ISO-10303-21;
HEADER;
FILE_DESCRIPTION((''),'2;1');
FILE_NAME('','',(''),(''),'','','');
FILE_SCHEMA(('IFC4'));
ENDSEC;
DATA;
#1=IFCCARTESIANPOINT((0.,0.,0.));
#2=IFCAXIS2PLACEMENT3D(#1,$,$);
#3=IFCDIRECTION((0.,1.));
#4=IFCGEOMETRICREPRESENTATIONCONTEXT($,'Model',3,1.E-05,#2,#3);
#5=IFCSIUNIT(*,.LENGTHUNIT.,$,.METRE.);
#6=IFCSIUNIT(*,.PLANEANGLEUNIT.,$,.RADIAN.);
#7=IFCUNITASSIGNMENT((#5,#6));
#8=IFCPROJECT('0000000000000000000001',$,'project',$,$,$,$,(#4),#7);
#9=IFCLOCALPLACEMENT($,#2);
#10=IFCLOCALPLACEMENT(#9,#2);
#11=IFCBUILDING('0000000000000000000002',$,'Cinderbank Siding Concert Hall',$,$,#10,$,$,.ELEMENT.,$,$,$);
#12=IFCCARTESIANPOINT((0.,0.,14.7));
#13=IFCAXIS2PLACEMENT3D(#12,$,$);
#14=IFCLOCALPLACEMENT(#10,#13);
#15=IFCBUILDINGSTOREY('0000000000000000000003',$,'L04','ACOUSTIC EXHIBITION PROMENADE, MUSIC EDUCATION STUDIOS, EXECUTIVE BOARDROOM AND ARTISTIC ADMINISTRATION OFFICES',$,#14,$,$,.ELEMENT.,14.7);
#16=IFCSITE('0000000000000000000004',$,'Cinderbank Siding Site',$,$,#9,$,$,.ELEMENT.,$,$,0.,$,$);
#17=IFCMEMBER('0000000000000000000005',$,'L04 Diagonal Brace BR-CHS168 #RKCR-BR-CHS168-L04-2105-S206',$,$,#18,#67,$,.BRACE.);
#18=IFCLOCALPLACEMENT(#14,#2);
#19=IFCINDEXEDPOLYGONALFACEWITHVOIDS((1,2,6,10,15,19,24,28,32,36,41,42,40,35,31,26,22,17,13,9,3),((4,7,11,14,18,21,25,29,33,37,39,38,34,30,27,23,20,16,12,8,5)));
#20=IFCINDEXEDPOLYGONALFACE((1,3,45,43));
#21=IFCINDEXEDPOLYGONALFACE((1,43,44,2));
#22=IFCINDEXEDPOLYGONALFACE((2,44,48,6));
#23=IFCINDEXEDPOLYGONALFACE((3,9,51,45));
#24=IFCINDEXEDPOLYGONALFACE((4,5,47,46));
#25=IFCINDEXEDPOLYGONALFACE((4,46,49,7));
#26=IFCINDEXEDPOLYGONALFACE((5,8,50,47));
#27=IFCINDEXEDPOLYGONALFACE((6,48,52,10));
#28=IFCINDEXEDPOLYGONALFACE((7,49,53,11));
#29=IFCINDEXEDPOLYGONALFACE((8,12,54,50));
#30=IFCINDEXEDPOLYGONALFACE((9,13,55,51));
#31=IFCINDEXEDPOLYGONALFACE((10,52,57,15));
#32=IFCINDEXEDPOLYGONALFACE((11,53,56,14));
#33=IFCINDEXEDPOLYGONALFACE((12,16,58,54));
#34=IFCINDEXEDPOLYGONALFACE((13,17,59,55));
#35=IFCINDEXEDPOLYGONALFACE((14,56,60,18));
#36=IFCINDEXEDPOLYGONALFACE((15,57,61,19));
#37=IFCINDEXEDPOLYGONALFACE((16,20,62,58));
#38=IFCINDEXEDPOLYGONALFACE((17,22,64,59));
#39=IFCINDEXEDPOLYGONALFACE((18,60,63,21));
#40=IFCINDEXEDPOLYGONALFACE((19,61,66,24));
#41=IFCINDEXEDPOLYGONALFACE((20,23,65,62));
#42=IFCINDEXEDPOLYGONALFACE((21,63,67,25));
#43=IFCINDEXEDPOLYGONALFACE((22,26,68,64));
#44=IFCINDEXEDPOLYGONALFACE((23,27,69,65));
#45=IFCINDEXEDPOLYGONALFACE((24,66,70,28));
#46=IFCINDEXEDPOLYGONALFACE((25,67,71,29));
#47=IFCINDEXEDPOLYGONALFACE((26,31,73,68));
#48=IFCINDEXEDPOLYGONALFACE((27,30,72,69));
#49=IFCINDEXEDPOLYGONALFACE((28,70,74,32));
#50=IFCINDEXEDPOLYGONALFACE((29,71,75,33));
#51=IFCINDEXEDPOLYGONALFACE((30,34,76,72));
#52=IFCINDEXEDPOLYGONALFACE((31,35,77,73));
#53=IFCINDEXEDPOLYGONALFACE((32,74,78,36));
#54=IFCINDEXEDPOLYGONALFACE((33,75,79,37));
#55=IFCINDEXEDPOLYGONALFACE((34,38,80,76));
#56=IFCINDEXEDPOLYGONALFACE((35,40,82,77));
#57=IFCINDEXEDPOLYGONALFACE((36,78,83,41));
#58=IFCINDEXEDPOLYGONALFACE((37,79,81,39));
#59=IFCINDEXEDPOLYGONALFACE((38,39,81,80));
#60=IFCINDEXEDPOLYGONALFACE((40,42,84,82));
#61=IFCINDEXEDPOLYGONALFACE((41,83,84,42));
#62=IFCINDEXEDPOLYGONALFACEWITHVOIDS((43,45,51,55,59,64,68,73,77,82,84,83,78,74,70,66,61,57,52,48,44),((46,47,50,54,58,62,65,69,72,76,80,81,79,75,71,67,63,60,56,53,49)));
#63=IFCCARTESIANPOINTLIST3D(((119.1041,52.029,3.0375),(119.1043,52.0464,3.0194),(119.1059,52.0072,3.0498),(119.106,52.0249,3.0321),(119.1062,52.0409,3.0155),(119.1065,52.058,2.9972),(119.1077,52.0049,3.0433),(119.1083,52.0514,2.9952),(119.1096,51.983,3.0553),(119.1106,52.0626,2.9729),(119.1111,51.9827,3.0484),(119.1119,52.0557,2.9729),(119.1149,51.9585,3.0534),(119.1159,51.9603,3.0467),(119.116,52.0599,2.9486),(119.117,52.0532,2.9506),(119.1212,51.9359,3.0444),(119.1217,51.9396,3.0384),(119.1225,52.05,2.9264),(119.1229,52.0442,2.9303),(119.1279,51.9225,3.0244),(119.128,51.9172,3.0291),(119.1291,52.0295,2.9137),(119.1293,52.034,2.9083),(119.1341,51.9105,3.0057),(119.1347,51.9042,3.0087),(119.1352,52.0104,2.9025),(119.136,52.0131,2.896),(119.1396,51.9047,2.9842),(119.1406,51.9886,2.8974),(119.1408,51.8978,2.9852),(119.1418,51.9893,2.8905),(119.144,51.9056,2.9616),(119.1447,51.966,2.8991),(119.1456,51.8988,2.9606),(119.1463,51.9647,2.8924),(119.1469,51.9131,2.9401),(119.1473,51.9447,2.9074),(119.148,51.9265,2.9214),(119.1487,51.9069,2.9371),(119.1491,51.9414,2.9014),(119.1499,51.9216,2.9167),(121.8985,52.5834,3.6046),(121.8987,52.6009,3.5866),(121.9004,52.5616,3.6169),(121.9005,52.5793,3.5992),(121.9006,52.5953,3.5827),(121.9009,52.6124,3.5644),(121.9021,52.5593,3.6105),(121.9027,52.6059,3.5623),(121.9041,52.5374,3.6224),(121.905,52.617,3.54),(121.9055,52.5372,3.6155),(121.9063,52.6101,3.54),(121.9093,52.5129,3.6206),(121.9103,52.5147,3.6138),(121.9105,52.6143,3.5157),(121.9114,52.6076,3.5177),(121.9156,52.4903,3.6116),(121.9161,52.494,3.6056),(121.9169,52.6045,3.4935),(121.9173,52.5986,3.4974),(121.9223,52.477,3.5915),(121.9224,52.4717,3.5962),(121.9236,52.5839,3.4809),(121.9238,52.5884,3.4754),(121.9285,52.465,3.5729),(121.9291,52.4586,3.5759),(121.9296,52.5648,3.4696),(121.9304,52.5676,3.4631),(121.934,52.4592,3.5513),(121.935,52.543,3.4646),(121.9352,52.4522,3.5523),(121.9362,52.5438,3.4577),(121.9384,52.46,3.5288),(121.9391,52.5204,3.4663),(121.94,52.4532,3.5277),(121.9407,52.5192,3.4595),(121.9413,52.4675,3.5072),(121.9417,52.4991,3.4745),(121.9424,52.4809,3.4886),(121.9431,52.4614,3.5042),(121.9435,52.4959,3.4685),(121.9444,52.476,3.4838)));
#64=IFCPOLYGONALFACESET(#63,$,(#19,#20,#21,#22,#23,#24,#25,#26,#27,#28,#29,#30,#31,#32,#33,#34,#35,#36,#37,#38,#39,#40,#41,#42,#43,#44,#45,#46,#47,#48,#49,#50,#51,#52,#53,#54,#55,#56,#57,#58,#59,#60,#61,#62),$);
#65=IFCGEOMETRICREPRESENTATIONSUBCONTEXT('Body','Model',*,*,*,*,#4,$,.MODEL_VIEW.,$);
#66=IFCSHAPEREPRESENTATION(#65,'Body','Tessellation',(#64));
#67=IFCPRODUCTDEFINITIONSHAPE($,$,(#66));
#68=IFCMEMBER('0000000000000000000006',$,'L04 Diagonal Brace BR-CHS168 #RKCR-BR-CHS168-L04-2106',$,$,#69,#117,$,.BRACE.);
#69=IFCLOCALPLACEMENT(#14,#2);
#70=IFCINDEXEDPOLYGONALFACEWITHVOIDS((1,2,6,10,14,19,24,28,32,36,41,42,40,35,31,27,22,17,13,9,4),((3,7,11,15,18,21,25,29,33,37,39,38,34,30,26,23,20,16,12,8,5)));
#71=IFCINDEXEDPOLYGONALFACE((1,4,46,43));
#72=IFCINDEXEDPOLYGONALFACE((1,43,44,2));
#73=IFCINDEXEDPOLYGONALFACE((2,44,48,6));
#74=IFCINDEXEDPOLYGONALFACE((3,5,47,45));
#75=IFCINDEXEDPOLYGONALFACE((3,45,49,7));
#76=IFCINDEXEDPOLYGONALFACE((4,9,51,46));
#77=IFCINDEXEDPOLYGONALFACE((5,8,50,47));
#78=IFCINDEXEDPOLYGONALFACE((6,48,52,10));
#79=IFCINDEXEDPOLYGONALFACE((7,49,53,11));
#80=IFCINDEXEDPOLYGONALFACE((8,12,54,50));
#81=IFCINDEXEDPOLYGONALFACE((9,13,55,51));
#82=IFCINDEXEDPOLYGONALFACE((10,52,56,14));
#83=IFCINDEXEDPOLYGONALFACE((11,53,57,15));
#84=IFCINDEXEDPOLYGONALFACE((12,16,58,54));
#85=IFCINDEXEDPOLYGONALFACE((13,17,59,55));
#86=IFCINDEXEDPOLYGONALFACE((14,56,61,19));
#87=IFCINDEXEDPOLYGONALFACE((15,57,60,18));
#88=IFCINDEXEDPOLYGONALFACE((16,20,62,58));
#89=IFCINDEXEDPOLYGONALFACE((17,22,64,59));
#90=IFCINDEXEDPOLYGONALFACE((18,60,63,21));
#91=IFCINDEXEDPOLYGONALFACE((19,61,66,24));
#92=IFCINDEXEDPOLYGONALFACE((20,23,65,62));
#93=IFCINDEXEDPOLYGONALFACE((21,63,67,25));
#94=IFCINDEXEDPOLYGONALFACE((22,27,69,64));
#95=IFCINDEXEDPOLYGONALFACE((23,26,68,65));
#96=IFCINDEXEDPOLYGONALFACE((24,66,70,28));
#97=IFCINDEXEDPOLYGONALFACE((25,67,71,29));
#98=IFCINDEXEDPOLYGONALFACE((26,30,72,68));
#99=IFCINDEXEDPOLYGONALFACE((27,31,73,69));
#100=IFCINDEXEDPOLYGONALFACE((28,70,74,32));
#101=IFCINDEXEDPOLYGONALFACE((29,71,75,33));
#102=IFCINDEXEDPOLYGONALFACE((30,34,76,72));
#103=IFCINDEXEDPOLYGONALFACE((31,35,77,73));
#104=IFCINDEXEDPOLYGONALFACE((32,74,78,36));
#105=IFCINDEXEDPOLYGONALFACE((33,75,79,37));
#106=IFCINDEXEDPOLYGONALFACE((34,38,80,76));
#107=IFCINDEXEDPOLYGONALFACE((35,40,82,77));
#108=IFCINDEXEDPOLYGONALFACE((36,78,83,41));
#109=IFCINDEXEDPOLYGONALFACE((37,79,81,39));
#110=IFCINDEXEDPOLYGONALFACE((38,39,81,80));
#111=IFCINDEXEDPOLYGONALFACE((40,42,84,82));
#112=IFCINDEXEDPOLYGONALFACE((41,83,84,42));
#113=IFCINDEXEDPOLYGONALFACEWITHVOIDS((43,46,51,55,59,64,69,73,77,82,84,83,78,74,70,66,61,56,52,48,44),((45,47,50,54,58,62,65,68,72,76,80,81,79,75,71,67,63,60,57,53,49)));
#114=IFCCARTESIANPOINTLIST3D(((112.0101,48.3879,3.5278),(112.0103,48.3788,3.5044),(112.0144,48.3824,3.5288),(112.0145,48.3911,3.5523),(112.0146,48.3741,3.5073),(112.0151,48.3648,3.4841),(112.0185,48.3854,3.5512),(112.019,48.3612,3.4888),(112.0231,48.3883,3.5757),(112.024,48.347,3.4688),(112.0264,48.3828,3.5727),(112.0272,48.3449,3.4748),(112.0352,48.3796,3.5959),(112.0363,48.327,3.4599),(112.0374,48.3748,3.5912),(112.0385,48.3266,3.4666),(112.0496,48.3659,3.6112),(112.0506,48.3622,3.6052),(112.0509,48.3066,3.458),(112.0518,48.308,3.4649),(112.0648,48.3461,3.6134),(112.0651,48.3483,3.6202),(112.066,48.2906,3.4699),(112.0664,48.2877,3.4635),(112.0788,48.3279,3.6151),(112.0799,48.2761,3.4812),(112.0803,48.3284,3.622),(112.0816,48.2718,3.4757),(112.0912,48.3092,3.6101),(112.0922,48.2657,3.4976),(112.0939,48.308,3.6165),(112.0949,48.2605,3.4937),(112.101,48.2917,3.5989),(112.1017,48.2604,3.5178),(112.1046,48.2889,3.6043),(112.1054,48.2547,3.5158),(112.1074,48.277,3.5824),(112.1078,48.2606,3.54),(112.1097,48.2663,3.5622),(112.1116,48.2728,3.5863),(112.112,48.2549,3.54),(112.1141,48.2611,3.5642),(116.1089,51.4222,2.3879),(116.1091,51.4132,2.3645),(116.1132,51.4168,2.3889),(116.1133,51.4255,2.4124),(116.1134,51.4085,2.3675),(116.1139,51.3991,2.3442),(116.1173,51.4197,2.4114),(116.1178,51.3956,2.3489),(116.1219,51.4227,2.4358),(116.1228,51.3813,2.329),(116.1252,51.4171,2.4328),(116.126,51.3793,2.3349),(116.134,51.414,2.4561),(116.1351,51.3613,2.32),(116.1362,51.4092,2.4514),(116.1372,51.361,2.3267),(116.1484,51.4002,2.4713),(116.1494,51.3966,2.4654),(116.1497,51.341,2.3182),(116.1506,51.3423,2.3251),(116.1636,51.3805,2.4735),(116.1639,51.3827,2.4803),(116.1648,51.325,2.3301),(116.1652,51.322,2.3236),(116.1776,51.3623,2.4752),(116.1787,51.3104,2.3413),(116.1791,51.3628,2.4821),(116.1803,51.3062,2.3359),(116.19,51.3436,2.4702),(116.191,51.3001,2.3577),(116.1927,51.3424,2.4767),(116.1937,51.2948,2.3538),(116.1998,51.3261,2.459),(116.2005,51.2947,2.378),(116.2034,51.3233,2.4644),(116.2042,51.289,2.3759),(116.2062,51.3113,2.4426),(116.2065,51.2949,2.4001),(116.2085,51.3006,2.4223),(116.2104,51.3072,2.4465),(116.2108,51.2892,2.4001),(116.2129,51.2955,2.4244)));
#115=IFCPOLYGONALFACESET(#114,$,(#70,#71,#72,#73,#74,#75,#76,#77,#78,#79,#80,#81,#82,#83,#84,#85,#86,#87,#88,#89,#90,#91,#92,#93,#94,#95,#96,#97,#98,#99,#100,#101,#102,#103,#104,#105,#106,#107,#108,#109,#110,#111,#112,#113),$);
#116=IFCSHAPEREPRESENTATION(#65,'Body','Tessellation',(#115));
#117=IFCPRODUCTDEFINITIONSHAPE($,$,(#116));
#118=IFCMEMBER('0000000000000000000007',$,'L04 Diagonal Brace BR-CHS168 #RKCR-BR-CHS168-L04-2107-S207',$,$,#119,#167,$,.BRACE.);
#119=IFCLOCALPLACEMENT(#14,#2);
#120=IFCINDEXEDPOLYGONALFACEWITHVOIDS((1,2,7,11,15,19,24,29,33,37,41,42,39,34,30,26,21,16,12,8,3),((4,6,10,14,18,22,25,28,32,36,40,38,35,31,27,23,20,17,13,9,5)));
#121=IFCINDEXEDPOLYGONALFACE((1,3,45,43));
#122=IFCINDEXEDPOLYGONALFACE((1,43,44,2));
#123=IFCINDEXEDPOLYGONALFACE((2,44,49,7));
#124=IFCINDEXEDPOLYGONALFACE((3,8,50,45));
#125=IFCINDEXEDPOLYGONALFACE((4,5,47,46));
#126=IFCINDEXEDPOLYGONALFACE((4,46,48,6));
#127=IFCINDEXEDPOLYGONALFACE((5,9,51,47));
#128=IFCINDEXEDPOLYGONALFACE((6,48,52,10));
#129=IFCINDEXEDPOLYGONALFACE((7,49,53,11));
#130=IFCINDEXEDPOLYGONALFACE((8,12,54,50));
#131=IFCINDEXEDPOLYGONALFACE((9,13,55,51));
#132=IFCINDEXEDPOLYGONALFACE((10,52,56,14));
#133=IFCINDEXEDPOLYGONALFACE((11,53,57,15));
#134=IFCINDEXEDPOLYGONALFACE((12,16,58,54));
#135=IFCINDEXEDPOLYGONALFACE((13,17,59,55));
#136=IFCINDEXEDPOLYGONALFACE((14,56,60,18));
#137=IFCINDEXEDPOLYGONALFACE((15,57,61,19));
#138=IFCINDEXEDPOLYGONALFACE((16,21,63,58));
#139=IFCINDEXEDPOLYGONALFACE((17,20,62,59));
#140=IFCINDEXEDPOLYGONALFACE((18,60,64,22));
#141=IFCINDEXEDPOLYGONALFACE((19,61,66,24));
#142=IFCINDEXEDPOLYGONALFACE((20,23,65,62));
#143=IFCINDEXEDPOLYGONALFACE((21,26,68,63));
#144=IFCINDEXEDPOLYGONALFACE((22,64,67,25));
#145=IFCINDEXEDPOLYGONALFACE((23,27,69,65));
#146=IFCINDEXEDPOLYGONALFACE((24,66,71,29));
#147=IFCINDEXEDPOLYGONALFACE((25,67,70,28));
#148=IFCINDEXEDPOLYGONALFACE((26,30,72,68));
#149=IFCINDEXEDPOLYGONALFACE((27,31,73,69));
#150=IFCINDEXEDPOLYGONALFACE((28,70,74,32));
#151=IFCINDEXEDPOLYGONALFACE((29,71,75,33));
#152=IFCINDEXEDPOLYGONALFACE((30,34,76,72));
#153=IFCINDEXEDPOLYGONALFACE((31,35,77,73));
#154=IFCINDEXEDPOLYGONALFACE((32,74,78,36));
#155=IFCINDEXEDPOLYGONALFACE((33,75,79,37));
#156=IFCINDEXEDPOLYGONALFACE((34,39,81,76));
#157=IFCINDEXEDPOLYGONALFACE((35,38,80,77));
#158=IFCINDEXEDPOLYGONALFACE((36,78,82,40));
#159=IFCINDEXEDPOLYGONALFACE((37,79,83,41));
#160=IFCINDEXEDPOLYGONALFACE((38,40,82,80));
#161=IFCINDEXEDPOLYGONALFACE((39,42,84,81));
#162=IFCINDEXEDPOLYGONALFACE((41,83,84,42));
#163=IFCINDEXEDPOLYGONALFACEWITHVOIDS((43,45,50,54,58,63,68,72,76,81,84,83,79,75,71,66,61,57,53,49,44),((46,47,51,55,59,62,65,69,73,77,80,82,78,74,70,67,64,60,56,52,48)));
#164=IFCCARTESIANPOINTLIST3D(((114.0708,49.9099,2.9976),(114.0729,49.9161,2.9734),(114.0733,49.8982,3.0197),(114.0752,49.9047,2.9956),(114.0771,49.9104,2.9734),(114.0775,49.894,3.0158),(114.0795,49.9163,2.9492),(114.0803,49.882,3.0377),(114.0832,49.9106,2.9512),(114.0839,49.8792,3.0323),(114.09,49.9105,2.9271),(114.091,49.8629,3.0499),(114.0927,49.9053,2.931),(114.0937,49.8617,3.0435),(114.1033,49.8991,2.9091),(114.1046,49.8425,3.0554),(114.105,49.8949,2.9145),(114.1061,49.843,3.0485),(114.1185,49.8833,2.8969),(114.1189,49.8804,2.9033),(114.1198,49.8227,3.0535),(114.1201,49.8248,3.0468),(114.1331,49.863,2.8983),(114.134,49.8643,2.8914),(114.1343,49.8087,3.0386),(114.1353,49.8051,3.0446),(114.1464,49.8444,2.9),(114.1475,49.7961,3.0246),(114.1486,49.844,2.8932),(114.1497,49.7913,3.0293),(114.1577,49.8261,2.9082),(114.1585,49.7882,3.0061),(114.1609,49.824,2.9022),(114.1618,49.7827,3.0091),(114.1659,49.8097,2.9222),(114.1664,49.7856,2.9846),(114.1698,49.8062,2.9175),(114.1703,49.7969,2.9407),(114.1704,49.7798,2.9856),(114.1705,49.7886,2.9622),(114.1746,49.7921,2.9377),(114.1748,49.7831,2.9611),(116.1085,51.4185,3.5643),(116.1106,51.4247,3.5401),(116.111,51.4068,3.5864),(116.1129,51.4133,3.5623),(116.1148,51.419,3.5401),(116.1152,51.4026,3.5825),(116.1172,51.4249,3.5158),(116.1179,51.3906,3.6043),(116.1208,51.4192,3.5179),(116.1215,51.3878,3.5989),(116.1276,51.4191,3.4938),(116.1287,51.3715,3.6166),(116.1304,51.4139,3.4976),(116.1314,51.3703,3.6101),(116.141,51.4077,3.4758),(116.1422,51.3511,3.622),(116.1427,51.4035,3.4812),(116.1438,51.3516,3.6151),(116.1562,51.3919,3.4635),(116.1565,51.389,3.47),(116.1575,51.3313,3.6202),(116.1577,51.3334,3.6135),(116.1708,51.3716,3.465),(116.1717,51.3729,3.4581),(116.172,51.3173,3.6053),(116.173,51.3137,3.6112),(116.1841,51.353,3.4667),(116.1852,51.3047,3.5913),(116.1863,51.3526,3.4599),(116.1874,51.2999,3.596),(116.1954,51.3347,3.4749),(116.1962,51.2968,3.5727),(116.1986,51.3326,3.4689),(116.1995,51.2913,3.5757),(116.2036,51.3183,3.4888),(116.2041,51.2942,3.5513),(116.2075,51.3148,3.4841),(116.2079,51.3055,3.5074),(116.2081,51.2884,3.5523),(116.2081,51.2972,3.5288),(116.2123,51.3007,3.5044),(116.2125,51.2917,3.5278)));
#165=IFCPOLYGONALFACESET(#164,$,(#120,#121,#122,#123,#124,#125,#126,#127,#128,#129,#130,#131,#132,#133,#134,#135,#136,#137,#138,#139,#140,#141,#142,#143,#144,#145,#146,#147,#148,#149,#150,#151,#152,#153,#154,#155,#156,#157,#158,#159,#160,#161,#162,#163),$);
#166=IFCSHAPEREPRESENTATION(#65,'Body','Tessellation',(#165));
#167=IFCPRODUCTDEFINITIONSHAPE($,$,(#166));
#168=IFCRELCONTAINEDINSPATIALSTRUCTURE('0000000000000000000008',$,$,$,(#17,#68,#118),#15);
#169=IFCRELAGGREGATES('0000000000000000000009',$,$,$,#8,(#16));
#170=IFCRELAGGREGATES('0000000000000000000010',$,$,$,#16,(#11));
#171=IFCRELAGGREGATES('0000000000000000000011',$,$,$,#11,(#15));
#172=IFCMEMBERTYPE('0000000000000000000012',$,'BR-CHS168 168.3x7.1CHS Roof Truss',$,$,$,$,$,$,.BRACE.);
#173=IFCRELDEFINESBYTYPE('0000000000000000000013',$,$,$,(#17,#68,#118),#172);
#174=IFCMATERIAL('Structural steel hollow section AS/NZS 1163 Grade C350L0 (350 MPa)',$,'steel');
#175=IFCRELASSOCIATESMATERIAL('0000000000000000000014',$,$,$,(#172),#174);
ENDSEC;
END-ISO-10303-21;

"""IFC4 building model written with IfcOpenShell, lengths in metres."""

from ifc_helpers import new_model, si_unit, direction, frame, origin, origin_2d, place, context, subcontext, project, spatial, hollow_circle, extrude, material, material_profile, profile_set, type_object, element, save


model = new_model("IFC4")

# Units and contexts
model_context = context("Model", 3, precision=1e-05, world=origin(), true_north=direction((0.0, 1.0)))
body_context = subcontext(model_context, "Body", "Model", "MODEL_VIEW")
ifc_project = project(units=[si_unit("LENGTHUNIT", "METRE"), si_unit("PLANEANGLEUNIT", "RADIAN")], contexts=[model_context])

# Site, building, storey
site_placement = place(None, origin())
site = spatial("IfcSite", under=ifc_project, at=site_placement, Name="Cinderbank Siding Site", CompositionType="ELEMENT", RefElevation=0.0)
building_placement = place(site_placement, origin())
building = spatial("IfcBuilding", under=site, at=building_placement, Name="Cinderbank Siding Concert Hall", CompositionType="ELEMENT")
storey_placement = place(building_placement, frame((0.0, 0.0, 14.7)))
storey = spatial("IfcBuildingStorey", under=building, at=storey_placement, Name="L04", Description="ACOUSTIC EXHIBITION PROMENADE, MUSIC EDUCATION STUDIOS, EXECUTIVE BOARDROOM AND ARTISTIC ADMINISTRATION OFFICES", CompositionType="ELEMENT", Elevation=14.7)

# Shared definitions
ifc_material_1 = material(Name="Structural steel hollow section AS/NZS 1163 Grade C350L0 (350 MPa)", Category="steel")

# Members
ifc_material_profile_1 = material_profile(ifc_material_1, hollow_circle(Radius=0.0842, WallThickness=0.0071, at=origin_2d()), Name="168.3x7.1CHS", Category="LoadBearing")
ifc_profile_set_1 = profile_set([ifc_material_profile_1], Name="Structural steel hollow section AS/NZS 1163 Grade C350L0 (350 MPa)")
member_type_1 = type_object("IfcMemberType", Name="BR-CHS168 168.3x7.1CHS Roof Truss", PredefinedType="BRACE", material=ifc_profile_set_1)
member_1_placement = place(storey_placement, frame((119.127, 51.98, 2.9729), z_axis=(0.962003, 0.190871, 0.195241), x_axis=(-0.194616, 0.980879, 0.0)))
element("IfcMember", 1, at=member_1_placement, inside=storey, type_object=member_type_1, Name="L04 Diagonal Brace BR-CHS168 #RKCR-BR-CHS168-L04-2105-S206", PredefinedType="BRACE", context=body_context, shape_type="SweptSolid", body=[
    extrude(hollow_circle(Radius=0.0842, WallThickness=0.0071, at=origin_2d()), origin(), (0.0, 0.0, 1.0), 2.9048),
])
member_2_placement = place(storey_placement, frame((116.1606, 51.3569, 2.4001), z_axis=(-0.78437, -0.580674, 0.218132), x_axis=(0.595002, -0.803724, 0.0)))
element("IfcMember", 2, at=member_2_placement, inside=storey, type_object=member_type_1, Name="L04 Diagonal Brace BR-CHS168 #RKCR-BR-CHS168-L04-2106", PredefinedType="BRACE", context=body_context, shape_type="SweptSolid", body=[
    extrude(hollow_circle(Radius=0.0842, WallThickness=0.0071, at=origin_2d()), origin(), (0.0, 0.0, 1.0), 5.2256),
])
member_3_placement = place(storey_placement, frame((114.123, 49.8484, 2.9734), z_axis=(0.784353, 0.580699, 0.218126), x_axis=(-0.595027, 0.803706, 0.0)))
element("IfcMember", 3, at=member_3_placement, inside=storey, type_object=member_type_1, Name="L04 Diagonal Brace BR-CHS168 #RKCR-BR-CHS168-L04-2107-S207", PredefinedType="BRACE", context=body_context, shape_type="SweptSolid", body=[
    extrude(hollow_circle(Radius=0.0842, WallThickness=0.0071, at=origin_2d()), origin(), (0.0, 0.0, 1.0), 2.5979),
])

save(model, "model.ifc")
